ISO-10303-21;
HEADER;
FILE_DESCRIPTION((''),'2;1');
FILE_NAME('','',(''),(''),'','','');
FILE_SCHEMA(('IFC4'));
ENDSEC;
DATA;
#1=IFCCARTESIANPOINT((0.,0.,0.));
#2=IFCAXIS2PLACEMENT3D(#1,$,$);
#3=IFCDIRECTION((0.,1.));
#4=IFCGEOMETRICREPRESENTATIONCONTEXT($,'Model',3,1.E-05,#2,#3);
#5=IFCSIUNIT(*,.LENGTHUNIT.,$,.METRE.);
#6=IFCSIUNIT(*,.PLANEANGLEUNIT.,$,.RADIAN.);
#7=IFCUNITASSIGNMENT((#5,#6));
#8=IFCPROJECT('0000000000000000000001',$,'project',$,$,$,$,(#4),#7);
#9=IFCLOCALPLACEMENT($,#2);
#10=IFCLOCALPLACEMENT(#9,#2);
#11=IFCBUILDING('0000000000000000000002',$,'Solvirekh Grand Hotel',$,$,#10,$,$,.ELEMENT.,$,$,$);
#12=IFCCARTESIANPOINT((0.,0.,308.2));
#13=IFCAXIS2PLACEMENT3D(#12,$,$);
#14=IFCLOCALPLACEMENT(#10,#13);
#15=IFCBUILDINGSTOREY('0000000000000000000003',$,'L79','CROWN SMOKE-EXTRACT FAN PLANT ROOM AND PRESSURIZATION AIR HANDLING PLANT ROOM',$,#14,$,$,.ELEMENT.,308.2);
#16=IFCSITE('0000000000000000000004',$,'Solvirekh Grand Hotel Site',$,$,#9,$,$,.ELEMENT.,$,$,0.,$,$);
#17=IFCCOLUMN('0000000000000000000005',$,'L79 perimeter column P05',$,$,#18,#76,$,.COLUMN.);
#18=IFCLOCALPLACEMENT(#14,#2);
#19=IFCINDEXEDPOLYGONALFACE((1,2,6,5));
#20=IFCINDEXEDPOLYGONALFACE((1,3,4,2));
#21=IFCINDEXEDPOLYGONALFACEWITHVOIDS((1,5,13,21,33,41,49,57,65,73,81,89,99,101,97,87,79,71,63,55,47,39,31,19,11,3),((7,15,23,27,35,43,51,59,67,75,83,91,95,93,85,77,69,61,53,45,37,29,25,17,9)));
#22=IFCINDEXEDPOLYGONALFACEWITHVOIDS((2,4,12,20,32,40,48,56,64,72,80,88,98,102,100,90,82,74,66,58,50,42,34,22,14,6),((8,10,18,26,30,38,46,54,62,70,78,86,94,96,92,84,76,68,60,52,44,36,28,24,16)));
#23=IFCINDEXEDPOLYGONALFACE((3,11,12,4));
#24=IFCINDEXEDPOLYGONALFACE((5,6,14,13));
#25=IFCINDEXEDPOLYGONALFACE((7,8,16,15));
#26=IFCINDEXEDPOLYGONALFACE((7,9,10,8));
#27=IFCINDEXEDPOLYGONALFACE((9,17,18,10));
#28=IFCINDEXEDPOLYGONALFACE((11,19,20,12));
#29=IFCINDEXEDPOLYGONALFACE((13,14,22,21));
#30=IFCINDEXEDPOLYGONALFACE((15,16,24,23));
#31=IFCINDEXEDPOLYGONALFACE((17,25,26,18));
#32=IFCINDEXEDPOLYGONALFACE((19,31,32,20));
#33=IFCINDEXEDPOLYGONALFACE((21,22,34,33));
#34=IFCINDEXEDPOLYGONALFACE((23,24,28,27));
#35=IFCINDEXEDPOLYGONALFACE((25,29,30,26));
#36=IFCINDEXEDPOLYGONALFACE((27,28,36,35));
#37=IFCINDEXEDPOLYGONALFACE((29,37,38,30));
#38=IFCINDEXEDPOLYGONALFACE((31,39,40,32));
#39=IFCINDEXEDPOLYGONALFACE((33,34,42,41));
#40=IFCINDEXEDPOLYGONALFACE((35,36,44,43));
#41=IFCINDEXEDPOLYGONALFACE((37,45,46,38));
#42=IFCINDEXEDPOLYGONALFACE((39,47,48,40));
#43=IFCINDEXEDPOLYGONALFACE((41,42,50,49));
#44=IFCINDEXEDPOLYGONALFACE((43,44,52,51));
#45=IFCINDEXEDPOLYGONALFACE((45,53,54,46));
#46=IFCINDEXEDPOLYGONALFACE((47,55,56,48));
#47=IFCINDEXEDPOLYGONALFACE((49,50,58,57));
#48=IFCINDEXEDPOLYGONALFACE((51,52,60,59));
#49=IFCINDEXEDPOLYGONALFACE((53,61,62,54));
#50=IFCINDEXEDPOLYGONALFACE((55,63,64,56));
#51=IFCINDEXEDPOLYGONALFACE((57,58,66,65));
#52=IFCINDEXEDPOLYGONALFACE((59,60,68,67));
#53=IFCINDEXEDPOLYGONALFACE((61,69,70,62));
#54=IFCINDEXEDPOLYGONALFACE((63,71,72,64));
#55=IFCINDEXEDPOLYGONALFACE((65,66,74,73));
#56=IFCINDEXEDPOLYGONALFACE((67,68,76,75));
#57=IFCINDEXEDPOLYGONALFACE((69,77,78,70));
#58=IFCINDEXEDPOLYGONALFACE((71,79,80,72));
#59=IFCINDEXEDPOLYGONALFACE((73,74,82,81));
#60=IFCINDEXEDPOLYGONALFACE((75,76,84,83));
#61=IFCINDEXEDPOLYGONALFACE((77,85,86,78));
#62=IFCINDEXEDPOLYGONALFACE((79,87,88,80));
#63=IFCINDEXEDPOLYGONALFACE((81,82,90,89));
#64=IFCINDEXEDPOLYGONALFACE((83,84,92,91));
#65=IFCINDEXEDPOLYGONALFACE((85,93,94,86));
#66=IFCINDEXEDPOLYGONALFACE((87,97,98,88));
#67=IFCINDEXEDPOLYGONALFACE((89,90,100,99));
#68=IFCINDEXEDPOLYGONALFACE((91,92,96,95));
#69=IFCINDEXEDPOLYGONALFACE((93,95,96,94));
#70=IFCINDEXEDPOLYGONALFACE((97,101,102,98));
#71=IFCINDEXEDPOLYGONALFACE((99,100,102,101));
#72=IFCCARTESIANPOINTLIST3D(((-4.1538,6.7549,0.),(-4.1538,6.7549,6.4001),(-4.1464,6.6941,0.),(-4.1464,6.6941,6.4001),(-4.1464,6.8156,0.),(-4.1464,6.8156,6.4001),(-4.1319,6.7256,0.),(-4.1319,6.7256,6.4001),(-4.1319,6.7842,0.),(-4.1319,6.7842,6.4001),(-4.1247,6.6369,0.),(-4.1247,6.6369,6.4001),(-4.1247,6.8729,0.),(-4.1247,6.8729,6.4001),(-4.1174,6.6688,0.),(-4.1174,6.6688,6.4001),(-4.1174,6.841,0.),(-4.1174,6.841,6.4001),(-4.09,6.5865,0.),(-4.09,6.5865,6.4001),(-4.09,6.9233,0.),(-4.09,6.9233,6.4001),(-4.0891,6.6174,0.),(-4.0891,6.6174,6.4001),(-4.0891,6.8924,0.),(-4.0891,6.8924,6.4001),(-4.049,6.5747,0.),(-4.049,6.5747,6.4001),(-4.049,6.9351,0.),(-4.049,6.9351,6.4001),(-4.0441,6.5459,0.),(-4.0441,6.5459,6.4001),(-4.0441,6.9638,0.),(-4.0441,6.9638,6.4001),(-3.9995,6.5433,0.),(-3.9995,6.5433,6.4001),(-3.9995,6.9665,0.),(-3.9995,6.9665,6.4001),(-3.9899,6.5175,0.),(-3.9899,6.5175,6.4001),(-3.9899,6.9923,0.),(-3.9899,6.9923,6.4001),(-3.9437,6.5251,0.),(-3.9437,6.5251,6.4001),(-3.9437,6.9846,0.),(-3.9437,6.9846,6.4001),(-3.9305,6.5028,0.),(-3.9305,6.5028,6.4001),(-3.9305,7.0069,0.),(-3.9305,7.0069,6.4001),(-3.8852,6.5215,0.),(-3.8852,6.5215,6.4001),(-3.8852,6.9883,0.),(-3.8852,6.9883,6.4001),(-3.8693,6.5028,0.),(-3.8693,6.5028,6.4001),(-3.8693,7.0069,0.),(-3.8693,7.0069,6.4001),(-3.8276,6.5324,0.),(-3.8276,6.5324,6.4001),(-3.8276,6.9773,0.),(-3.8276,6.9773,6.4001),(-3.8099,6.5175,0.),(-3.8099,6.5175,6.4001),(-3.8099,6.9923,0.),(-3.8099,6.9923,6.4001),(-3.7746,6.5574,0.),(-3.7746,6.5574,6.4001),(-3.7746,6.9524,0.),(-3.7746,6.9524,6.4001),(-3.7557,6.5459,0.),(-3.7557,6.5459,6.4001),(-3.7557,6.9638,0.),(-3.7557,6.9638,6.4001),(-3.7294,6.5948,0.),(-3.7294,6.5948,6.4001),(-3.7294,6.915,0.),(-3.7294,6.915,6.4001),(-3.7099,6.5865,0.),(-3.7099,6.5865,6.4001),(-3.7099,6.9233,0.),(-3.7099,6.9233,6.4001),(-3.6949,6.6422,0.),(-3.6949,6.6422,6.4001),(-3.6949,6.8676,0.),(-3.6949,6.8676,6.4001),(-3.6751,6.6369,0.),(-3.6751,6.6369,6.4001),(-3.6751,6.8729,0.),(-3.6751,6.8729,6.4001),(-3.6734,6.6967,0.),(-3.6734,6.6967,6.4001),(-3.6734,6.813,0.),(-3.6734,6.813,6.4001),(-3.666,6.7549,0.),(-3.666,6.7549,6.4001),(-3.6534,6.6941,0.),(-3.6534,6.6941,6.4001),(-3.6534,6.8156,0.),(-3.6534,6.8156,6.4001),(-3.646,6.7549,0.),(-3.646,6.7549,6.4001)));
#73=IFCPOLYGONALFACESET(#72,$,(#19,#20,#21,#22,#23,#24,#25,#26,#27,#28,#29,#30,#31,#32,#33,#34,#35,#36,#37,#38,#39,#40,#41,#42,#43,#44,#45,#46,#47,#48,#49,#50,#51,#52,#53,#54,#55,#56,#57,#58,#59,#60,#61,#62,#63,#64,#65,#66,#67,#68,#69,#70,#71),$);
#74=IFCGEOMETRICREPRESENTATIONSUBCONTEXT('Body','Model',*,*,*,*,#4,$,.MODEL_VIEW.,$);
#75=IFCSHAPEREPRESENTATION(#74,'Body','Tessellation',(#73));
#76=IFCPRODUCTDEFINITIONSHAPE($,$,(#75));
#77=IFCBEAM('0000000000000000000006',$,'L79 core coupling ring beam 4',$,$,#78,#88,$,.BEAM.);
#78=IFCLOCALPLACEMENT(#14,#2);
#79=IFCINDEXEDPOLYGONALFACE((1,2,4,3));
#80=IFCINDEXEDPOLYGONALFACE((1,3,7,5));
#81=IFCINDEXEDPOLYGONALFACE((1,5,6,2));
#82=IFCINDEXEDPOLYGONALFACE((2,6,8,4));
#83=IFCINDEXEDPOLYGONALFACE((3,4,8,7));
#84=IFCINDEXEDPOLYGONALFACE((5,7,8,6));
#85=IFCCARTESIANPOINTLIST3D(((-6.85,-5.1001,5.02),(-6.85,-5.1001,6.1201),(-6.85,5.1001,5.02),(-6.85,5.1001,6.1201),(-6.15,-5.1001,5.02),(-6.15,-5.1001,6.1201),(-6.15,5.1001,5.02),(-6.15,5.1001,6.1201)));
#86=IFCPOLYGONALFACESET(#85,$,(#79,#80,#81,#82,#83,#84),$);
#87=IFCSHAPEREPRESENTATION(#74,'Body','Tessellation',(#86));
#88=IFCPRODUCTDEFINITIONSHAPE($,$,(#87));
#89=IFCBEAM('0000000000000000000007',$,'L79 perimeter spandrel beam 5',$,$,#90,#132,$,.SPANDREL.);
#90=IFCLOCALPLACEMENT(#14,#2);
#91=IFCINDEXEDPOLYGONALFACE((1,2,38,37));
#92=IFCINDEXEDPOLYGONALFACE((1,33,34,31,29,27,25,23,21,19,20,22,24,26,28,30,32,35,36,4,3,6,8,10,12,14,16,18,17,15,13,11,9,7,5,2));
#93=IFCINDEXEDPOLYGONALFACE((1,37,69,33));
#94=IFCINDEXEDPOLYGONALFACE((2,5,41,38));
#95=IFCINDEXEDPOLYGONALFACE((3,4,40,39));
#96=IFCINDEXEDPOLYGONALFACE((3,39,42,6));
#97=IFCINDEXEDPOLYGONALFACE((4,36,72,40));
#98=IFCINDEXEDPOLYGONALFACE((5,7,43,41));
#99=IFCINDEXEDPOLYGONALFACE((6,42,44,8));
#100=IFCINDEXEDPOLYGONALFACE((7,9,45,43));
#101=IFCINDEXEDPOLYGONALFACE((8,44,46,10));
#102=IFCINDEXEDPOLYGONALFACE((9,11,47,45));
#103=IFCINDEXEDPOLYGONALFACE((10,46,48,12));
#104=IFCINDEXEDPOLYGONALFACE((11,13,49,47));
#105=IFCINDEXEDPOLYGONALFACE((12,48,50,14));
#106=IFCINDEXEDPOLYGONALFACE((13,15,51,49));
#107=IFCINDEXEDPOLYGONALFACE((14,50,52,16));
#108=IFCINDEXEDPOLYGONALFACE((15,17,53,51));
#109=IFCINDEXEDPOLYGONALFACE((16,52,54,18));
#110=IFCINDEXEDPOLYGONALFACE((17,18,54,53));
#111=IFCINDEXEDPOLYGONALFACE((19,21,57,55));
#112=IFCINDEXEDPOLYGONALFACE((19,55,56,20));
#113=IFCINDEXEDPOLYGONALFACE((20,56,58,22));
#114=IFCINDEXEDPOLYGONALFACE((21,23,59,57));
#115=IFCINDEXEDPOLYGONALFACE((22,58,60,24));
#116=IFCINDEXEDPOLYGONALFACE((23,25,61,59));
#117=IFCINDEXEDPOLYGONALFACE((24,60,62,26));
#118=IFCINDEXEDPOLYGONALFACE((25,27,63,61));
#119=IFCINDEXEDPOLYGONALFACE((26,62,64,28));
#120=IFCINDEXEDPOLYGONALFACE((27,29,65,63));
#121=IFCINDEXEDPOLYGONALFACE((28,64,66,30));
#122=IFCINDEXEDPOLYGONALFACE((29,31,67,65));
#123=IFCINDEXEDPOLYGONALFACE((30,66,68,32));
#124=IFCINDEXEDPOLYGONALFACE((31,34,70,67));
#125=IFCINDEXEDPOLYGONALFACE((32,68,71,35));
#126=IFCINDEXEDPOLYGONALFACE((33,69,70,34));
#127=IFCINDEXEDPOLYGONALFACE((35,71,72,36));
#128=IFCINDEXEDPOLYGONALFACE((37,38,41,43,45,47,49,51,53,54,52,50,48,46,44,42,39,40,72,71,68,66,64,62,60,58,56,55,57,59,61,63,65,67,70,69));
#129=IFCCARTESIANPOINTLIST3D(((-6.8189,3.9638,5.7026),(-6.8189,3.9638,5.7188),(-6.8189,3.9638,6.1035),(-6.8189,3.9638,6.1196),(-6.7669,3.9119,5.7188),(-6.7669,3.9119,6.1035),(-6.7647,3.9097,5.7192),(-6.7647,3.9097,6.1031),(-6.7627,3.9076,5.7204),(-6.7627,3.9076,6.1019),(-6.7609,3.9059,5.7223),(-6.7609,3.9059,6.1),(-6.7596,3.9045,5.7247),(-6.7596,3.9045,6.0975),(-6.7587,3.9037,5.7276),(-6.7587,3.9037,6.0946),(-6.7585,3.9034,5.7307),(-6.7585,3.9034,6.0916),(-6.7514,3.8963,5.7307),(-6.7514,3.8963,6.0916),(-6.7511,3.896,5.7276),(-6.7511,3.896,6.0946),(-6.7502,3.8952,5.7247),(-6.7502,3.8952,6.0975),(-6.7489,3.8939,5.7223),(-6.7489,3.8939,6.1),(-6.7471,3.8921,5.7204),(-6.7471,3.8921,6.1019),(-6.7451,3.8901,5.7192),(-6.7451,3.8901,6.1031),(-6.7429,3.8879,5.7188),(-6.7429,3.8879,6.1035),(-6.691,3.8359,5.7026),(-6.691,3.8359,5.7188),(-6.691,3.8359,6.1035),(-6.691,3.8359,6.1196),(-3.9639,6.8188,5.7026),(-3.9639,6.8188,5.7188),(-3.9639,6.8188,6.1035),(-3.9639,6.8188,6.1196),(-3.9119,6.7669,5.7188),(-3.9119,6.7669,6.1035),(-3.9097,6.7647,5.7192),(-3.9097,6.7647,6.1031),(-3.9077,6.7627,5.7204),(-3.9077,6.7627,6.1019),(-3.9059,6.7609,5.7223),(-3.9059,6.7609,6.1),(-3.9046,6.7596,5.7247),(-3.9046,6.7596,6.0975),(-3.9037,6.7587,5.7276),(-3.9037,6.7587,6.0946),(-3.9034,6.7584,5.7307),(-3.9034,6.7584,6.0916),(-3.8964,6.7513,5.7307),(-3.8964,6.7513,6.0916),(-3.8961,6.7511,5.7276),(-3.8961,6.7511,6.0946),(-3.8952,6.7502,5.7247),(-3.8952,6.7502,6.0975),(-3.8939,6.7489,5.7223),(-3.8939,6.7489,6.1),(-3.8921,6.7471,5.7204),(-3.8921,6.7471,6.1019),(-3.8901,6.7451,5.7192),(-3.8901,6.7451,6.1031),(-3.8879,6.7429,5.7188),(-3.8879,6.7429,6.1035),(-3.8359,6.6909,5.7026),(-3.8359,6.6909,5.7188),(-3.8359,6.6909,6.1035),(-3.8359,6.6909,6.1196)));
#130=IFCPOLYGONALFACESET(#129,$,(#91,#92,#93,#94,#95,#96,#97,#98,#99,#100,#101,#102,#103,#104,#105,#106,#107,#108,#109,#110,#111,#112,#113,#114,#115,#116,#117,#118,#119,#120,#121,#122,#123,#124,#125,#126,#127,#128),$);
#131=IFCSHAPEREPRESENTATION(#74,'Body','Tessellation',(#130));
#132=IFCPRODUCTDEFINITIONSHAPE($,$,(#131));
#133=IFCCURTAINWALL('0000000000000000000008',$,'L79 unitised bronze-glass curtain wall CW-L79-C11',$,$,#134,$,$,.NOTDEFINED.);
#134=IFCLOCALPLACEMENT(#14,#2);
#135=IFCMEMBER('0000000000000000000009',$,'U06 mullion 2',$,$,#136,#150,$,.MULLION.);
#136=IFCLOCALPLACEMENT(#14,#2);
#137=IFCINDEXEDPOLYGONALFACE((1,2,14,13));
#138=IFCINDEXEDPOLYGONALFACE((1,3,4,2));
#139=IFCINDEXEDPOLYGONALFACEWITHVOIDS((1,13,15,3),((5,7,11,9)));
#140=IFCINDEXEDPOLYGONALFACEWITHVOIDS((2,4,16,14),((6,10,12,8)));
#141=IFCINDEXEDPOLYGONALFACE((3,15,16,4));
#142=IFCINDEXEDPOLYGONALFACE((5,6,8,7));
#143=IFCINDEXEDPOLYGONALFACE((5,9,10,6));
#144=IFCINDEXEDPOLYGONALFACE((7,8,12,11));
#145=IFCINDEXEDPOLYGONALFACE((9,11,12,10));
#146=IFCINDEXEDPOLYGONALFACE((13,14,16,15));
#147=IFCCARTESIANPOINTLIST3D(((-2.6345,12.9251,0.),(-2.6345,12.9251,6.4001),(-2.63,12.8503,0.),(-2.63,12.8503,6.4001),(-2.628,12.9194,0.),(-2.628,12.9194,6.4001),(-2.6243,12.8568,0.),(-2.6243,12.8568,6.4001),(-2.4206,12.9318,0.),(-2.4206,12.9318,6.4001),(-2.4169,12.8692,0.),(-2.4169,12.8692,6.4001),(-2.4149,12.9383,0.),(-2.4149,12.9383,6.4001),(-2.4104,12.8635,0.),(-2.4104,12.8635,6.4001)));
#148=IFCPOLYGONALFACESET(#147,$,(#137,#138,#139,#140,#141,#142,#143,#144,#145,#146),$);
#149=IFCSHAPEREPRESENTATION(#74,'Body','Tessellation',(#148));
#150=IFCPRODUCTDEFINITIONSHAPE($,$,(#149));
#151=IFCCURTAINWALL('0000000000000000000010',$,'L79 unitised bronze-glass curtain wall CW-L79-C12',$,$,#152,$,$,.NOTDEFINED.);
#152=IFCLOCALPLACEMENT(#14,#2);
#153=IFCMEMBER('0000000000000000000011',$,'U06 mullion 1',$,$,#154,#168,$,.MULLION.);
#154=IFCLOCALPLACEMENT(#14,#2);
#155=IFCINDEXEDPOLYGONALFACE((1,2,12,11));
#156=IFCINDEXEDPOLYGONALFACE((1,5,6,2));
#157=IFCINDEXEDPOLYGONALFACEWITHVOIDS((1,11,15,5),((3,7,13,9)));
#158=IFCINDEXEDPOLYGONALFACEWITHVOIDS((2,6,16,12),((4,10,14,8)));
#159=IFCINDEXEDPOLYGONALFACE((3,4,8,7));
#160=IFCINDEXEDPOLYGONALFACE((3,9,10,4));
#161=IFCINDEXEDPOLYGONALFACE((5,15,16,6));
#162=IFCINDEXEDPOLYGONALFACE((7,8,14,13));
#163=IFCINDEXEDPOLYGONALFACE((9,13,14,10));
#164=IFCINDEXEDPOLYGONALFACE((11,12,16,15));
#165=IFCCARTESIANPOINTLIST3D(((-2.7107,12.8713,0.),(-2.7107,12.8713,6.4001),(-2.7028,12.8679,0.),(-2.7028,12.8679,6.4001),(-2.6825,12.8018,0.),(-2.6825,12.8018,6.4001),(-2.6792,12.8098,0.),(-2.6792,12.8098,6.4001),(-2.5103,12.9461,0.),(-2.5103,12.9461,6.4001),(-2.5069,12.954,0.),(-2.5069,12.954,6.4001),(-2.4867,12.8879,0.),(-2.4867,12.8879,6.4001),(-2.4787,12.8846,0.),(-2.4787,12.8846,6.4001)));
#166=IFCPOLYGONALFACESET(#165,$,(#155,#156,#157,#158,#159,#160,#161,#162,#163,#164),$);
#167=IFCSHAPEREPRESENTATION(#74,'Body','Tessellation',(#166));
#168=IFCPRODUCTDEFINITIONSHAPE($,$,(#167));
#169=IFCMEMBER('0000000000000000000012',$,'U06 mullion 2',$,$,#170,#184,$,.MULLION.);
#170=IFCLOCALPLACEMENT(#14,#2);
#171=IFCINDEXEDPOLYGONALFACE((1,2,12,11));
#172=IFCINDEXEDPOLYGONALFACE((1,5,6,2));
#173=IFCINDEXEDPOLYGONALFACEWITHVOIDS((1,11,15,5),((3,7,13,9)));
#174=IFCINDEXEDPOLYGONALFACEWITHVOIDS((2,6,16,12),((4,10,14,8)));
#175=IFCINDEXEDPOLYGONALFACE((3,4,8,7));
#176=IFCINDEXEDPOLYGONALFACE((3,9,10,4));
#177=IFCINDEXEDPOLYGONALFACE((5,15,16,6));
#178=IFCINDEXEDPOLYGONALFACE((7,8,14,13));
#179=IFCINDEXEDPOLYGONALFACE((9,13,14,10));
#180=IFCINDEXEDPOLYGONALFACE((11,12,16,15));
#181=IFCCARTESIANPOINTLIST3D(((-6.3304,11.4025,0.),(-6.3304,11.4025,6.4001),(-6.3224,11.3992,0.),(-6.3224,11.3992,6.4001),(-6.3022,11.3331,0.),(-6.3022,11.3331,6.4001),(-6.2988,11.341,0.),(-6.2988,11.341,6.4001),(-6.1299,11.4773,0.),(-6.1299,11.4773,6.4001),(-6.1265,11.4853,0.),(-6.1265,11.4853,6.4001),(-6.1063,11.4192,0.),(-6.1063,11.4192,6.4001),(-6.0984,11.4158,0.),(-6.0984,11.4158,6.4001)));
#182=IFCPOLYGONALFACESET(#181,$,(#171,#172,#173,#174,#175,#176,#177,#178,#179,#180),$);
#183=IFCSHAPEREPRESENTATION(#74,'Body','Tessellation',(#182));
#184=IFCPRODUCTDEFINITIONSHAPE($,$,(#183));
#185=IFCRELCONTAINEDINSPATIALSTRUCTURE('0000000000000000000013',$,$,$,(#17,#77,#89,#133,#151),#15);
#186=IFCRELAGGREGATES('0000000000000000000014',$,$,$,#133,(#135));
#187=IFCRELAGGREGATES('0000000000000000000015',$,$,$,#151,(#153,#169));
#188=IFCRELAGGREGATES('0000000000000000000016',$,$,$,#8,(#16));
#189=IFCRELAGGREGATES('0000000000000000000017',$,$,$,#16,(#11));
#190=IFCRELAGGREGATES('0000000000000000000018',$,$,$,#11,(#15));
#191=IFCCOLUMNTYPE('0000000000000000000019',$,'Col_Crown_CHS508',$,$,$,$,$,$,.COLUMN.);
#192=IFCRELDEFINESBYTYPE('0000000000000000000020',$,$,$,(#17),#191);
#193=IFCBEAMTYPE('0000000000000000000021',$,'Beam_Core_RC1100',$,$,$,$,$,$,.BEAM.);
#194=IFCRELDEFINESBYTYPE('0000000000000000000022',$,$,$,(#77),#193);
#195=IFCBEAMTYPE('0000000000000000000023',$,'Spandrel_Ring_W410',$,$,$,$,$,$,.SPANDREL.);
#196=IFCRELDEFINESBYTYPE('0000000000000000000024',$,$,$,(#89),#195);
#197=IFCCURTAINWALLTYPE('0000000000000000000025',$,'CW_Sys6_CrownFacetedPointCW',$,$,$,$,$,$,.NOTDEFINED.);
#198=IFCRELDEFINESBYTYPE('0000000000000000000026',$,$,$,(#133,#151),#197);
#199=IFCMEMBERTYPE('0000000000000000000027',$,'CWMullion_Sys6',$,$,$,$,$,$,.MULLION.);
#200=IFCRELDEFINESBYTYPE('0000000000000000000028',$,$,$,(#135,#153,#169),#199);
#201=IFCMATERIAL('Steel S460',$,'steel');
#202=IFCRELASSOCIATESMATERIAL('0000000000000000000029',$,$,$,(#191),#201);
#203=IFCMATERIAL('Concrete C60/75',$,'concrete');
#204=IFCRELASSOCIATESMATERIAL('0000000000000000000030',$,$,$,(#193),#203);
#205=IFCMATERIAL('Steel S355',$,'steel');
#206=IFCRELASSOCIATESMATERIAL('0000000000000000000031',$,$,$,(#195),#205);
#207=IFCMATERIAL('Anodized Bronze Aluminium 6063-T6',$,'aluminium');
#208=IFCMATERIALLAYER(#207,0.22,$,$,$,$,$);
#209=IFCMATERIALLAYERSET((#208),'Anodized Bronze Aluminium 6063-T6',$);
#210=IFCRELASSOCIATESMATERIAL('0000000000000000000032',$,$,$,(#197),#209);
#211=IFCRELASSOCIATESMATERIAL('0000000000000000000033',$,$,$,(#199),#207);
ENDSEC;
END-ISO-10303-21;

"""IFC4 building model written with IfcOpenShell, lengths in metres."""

from ifc_helpers import new_model, si_unit, direction, frame, origin, origin_2d, place, context, subcontext, project, spatial, rectangle, hollow_rectangle, hollow_circle, i_section, extrude, source, transform, mapped, material, layer, layer_set, material_profile, profile_set, type_object, element, aggregate, save


model = new_model("IFC4")

# Units and contexts
model_context = context("Model", 3, precision=1e-05, world=origin(), true_north=direction((0.0, 1.0)))
body_context = subcontext(model_context, "Body", "Model", "MODEL_VIEW")
ifc_project = project(units=[si_unit("LENGTHUNIT", "METRE"), si_unit("PLANEANGLEUNIT", "RADIAN")], contexts=[model_context])

# Site, building, storey
site_placement = place(None, origin())
site = spatial("IfcSite", under=ifc_project, at=site_placement, Name="Solvirekh Grand Hotel Site", CompositionType="ELEMENT", RefElevation=0.0)
building_placement = place(site_placement, origin())
building = spatial("IfcBuilding", under=site, at=building_placement, Name="Solvirekh Grand Hotel", CompositionType="ELEMENT")
storey_placement = place(building_placement, frame((0.0, 0.0, 308.2)))
storey = spatial("IfcBuildingStorey", under=building, at=storey_placement, Name="L79", Description="CROWN SMOKE-EXTRACT FAN PLANT ROOM AND PRESSURIZATION AIR HANDLING PLANT ROOM", CompositionType="ELEMENT", Elevation=308.2)

# Column
ifc_material_1 = material(Name="Steel S460", Category="steel")
ifc_material_profile_1 = material_profile(ifc_material_1, hollow_circle(Radius=0.2539, WallThickness=0.02, at=origin_2d()), Name="CHS 508X20")
ifc_profile_set_1 = profile_set([ifc_material_profile_1], Name="Steel S460")
column_type = type_object("IfcColumnType", Name="Col_Crown_CHS508", PredefinedType="COLUMN", material=ifc_profile_set_1)
column_placement = place(storey_placement, frame((-3.8999, 6.7549, 0.0), z_axis=(0.0, 0.0, 1.0), x_axis=(1.0, 0.0, 0.0)))
element("IfcColumn", 1, at=column_placement, inside=storey, type_object=column_type, Name="L79 perimeter column P05", PredefinedType="COLUMN", context=body_context, shape_type="SweptSolid", body=[
    extrude(hollow_circle(Radius=0.2539, WallThickness=0.02, at=origin_2d()), origin(), (0.0, 0.0, 1.0), 6.4001),
])

# Beams
ifc_material_2 = material(Name="Concrete C60/75", Category="concrete")
ifc_material_profile_2 = material_profile(ifc_material_2, rectangle(XDim=0.7, YDim=1.1001, at=origin_2d()), Name="RC BEAM 700X1100")
ifc_profile_set_2 = profile_set([ifc_material_profile_2], Name="Concrete C60/75")
beam_type_1 = type_object("IfcBeamType", Name="Beam_Core_RC1100", PredefinedType="BEAM", material=ifc_profile_set_2)
beam_1_placement = place(storey_placement, frame((-6.5, 5.1001, 5.5701), z_axis=(0.0, -1.0, 0.0), x_axis=(1.0, 0.0, 0.0)))
element("IfcBeam", 2, at=beam_1_placement, inside=storey, type_object=beam_type_1, Name="L79 core coupling ring beam 4", PredefinedType="BEAM", context=body_context, shape_type="SweptSolid", body=[
    extrude(rectangle(XDim=0.7, YDim=1.1001, at=origin_2d()), origin(), (0.0, 0.0, 1.0), 10.2002),
])
ifc_material_3 = material(Name="Steel S355", Category="steel")
ifc_material_profile_3 = material_profile(ifc_material_3, i_section(OverallWidth=0.1809, OverallDepth=0.417, WebThickness=0.01, FlangeThickness=0.0161, FilletRadius=0.012, at=origin_2d()), Name="W410X85")
ifc_profile_set_3 = profile_set([ifc_material_profile_3], Name="Steel S355")
beam_type_2 = type_object("IfcBeamType", Name="Spandrel_Ring_W410", PredefinedType="SPANDREL", material=ifc_profile_set_3)
beam_2_placement = place(storey_placement, frame((-3.8999, 6.7549, 5.9111), z_axis=(-0.707107, -0.707107, 0.0), x_axis=(0.707107, -0.707107, 0.0)))
element("IfcBeam", 3, at=beam_2_placement, inside=storey, type_object=beam_type_2, Name="L79 perimeter spandrel beam 5", PredefinedType="SPANDREL", context=body_context, shape_type="SweptSolid", body=[
    extrude(i_section(OverallWidth=0.1809, OverallDepth=0.417, WebThickness=0.01, FlangeThickness=0.0161, FilletRadius=0.012, at=origin_2d()), origin(), (0.0, 0.0, 1.0), 4.0376),
])

# Curtain wall, member
ifc_material_4 = material(Name="Anodized Bronze Aluminium 6063-T6", Category="aluminium")
ifc_layer_1 = layer(ifc_material_4, 0.22)
ifc_layer_set_1 = layer_set([ifc_layer_1], Name="Anodized Bronze Aluminium 6063-T6")
curtain_wall_type = type_object("IfcCurtainWallType", Name="CW_Sys6_CrownFacetedPointCW", PredefinedType="NOTDEFINED", material=ifc_layer_set_1)
curtain_wall_1_placement = place(storey_placement, origin())
curtain_wall_1 = element("IfcCurtainWall", 4, at=curtain_wall_1_placement, inside=storey, type_object=curtain_wall_type, Name="L79 unitised bronze-glass curtain wall CW-L79-C11", PredefinedType="NOTDEFINED")
ifc_material_profile_4 = material_profile(ifc_material_4, hollow_rectangle(XDim=0.075, YDim=0.22, WallThickness=0.0061, at=origin_2d()), Name="ALU RHS 220X75X6")
ifc_profile_set_4 = profile_set([ifc_material_profile_4], Name="Anodized Bronze Aluminium 6063-T6")
member_type_1 = type_object("IfcMemberType", Name="CWMullion_Sys6", PredefinedType="MULLION", material=ifc_profile_set_4)
shared_shape_1 = source(origin(), body_context, "Body", "SweptSolid", [
    extrude(hollow_rectangle(XDim=0.075, YDim=0.22, WallThickness=0.0061, at=origin_2d()), origin(), (0.0, 0.0, 1.0), 6.4001),
])
member_1_placement = place(storey_placement, frame((-2.5225, 12.8943, 0.0), z_axis=(0.0, 0.0, 1.0), x_axis=(0.059791, -0.998211, 0.0)))
member_1 = element("IfcMember", 5, at=member_1_placement, type_object=member_type_1, Name="U06 mullion 2", PredefinedType="MULLION", context=body_context, shape_type="MappedRepresentation", body=[
    mapped(shared_shape_1, transform((0.0, 0.0, 0.0), x_axis=(1.0, 0.0, 0.0), y_axis=(0.0, 1.0, 0.0), z_axis=(0.0, 0.0, 1.0), scale=1.0)),
])

# Curtain wall, members
curtain_wall_2_placement = place(storey_placement, origin())
curtain_wall_2 = element("IfcCurtainWall", 6, at=curtain_wall_2_placement, inside=storey, type_object=curtain_wall_type, Name="L79 unitised bronze-glass curtain wall CW-L79-C12", PredefinedType="NOTDEFINED")
member_2_placement = place(storey_placement, frame((-2.5947, 12.8779, 0.0), z_axis=(0.0, 0.0, 1.0), x_axis=(0.37602, -0.926612, 0.0)))
member_2 = element("IfcMember", 7, at=member_2_placement, type_object=member_type_1, Name="U06 mullion 1", PredefinedType="MULLION", context=body_context, shape_type="MappedRepresentation", body=[
    mapped(shared_shape_1, transform((0.0, 0.0, 0.0), x_axis=(1.0, 0.0, 0.0), y_axis=(0.0, 1.0, 0.0), z_axis=(0.0, 0.0, 1.0), scale=1.0)),
])
member_3_placement = place(storey_placement, frame((-6.2144, 11.4092, 0.0), z_axis=(0.0, 0.0, 1.0), x_axis=(0.37602, -0.926612, 0.0)))
member_3 = element("IfcMember", 8, at=member_3_placement, type_object=member_type_1, Name="U06 mullion 2", PredefinedType="MULLION", context=body_context, shape_type="MappedRepresentation", body=[
    mapped(shared_shape_1, transform((0.0, 0.0, 0.0), x_axis=(1.0, 0.0, 0.0), y_axis=(0.0, 1.0, 0.0), z_axis=(0.0, 0.0, 1.0), scale=1.0)),
])

aggregate(curtain_wall_1, [member_1])
aggregate(curtain_wall_2, [member_2, member_3])

save(model, "model.ifc")
